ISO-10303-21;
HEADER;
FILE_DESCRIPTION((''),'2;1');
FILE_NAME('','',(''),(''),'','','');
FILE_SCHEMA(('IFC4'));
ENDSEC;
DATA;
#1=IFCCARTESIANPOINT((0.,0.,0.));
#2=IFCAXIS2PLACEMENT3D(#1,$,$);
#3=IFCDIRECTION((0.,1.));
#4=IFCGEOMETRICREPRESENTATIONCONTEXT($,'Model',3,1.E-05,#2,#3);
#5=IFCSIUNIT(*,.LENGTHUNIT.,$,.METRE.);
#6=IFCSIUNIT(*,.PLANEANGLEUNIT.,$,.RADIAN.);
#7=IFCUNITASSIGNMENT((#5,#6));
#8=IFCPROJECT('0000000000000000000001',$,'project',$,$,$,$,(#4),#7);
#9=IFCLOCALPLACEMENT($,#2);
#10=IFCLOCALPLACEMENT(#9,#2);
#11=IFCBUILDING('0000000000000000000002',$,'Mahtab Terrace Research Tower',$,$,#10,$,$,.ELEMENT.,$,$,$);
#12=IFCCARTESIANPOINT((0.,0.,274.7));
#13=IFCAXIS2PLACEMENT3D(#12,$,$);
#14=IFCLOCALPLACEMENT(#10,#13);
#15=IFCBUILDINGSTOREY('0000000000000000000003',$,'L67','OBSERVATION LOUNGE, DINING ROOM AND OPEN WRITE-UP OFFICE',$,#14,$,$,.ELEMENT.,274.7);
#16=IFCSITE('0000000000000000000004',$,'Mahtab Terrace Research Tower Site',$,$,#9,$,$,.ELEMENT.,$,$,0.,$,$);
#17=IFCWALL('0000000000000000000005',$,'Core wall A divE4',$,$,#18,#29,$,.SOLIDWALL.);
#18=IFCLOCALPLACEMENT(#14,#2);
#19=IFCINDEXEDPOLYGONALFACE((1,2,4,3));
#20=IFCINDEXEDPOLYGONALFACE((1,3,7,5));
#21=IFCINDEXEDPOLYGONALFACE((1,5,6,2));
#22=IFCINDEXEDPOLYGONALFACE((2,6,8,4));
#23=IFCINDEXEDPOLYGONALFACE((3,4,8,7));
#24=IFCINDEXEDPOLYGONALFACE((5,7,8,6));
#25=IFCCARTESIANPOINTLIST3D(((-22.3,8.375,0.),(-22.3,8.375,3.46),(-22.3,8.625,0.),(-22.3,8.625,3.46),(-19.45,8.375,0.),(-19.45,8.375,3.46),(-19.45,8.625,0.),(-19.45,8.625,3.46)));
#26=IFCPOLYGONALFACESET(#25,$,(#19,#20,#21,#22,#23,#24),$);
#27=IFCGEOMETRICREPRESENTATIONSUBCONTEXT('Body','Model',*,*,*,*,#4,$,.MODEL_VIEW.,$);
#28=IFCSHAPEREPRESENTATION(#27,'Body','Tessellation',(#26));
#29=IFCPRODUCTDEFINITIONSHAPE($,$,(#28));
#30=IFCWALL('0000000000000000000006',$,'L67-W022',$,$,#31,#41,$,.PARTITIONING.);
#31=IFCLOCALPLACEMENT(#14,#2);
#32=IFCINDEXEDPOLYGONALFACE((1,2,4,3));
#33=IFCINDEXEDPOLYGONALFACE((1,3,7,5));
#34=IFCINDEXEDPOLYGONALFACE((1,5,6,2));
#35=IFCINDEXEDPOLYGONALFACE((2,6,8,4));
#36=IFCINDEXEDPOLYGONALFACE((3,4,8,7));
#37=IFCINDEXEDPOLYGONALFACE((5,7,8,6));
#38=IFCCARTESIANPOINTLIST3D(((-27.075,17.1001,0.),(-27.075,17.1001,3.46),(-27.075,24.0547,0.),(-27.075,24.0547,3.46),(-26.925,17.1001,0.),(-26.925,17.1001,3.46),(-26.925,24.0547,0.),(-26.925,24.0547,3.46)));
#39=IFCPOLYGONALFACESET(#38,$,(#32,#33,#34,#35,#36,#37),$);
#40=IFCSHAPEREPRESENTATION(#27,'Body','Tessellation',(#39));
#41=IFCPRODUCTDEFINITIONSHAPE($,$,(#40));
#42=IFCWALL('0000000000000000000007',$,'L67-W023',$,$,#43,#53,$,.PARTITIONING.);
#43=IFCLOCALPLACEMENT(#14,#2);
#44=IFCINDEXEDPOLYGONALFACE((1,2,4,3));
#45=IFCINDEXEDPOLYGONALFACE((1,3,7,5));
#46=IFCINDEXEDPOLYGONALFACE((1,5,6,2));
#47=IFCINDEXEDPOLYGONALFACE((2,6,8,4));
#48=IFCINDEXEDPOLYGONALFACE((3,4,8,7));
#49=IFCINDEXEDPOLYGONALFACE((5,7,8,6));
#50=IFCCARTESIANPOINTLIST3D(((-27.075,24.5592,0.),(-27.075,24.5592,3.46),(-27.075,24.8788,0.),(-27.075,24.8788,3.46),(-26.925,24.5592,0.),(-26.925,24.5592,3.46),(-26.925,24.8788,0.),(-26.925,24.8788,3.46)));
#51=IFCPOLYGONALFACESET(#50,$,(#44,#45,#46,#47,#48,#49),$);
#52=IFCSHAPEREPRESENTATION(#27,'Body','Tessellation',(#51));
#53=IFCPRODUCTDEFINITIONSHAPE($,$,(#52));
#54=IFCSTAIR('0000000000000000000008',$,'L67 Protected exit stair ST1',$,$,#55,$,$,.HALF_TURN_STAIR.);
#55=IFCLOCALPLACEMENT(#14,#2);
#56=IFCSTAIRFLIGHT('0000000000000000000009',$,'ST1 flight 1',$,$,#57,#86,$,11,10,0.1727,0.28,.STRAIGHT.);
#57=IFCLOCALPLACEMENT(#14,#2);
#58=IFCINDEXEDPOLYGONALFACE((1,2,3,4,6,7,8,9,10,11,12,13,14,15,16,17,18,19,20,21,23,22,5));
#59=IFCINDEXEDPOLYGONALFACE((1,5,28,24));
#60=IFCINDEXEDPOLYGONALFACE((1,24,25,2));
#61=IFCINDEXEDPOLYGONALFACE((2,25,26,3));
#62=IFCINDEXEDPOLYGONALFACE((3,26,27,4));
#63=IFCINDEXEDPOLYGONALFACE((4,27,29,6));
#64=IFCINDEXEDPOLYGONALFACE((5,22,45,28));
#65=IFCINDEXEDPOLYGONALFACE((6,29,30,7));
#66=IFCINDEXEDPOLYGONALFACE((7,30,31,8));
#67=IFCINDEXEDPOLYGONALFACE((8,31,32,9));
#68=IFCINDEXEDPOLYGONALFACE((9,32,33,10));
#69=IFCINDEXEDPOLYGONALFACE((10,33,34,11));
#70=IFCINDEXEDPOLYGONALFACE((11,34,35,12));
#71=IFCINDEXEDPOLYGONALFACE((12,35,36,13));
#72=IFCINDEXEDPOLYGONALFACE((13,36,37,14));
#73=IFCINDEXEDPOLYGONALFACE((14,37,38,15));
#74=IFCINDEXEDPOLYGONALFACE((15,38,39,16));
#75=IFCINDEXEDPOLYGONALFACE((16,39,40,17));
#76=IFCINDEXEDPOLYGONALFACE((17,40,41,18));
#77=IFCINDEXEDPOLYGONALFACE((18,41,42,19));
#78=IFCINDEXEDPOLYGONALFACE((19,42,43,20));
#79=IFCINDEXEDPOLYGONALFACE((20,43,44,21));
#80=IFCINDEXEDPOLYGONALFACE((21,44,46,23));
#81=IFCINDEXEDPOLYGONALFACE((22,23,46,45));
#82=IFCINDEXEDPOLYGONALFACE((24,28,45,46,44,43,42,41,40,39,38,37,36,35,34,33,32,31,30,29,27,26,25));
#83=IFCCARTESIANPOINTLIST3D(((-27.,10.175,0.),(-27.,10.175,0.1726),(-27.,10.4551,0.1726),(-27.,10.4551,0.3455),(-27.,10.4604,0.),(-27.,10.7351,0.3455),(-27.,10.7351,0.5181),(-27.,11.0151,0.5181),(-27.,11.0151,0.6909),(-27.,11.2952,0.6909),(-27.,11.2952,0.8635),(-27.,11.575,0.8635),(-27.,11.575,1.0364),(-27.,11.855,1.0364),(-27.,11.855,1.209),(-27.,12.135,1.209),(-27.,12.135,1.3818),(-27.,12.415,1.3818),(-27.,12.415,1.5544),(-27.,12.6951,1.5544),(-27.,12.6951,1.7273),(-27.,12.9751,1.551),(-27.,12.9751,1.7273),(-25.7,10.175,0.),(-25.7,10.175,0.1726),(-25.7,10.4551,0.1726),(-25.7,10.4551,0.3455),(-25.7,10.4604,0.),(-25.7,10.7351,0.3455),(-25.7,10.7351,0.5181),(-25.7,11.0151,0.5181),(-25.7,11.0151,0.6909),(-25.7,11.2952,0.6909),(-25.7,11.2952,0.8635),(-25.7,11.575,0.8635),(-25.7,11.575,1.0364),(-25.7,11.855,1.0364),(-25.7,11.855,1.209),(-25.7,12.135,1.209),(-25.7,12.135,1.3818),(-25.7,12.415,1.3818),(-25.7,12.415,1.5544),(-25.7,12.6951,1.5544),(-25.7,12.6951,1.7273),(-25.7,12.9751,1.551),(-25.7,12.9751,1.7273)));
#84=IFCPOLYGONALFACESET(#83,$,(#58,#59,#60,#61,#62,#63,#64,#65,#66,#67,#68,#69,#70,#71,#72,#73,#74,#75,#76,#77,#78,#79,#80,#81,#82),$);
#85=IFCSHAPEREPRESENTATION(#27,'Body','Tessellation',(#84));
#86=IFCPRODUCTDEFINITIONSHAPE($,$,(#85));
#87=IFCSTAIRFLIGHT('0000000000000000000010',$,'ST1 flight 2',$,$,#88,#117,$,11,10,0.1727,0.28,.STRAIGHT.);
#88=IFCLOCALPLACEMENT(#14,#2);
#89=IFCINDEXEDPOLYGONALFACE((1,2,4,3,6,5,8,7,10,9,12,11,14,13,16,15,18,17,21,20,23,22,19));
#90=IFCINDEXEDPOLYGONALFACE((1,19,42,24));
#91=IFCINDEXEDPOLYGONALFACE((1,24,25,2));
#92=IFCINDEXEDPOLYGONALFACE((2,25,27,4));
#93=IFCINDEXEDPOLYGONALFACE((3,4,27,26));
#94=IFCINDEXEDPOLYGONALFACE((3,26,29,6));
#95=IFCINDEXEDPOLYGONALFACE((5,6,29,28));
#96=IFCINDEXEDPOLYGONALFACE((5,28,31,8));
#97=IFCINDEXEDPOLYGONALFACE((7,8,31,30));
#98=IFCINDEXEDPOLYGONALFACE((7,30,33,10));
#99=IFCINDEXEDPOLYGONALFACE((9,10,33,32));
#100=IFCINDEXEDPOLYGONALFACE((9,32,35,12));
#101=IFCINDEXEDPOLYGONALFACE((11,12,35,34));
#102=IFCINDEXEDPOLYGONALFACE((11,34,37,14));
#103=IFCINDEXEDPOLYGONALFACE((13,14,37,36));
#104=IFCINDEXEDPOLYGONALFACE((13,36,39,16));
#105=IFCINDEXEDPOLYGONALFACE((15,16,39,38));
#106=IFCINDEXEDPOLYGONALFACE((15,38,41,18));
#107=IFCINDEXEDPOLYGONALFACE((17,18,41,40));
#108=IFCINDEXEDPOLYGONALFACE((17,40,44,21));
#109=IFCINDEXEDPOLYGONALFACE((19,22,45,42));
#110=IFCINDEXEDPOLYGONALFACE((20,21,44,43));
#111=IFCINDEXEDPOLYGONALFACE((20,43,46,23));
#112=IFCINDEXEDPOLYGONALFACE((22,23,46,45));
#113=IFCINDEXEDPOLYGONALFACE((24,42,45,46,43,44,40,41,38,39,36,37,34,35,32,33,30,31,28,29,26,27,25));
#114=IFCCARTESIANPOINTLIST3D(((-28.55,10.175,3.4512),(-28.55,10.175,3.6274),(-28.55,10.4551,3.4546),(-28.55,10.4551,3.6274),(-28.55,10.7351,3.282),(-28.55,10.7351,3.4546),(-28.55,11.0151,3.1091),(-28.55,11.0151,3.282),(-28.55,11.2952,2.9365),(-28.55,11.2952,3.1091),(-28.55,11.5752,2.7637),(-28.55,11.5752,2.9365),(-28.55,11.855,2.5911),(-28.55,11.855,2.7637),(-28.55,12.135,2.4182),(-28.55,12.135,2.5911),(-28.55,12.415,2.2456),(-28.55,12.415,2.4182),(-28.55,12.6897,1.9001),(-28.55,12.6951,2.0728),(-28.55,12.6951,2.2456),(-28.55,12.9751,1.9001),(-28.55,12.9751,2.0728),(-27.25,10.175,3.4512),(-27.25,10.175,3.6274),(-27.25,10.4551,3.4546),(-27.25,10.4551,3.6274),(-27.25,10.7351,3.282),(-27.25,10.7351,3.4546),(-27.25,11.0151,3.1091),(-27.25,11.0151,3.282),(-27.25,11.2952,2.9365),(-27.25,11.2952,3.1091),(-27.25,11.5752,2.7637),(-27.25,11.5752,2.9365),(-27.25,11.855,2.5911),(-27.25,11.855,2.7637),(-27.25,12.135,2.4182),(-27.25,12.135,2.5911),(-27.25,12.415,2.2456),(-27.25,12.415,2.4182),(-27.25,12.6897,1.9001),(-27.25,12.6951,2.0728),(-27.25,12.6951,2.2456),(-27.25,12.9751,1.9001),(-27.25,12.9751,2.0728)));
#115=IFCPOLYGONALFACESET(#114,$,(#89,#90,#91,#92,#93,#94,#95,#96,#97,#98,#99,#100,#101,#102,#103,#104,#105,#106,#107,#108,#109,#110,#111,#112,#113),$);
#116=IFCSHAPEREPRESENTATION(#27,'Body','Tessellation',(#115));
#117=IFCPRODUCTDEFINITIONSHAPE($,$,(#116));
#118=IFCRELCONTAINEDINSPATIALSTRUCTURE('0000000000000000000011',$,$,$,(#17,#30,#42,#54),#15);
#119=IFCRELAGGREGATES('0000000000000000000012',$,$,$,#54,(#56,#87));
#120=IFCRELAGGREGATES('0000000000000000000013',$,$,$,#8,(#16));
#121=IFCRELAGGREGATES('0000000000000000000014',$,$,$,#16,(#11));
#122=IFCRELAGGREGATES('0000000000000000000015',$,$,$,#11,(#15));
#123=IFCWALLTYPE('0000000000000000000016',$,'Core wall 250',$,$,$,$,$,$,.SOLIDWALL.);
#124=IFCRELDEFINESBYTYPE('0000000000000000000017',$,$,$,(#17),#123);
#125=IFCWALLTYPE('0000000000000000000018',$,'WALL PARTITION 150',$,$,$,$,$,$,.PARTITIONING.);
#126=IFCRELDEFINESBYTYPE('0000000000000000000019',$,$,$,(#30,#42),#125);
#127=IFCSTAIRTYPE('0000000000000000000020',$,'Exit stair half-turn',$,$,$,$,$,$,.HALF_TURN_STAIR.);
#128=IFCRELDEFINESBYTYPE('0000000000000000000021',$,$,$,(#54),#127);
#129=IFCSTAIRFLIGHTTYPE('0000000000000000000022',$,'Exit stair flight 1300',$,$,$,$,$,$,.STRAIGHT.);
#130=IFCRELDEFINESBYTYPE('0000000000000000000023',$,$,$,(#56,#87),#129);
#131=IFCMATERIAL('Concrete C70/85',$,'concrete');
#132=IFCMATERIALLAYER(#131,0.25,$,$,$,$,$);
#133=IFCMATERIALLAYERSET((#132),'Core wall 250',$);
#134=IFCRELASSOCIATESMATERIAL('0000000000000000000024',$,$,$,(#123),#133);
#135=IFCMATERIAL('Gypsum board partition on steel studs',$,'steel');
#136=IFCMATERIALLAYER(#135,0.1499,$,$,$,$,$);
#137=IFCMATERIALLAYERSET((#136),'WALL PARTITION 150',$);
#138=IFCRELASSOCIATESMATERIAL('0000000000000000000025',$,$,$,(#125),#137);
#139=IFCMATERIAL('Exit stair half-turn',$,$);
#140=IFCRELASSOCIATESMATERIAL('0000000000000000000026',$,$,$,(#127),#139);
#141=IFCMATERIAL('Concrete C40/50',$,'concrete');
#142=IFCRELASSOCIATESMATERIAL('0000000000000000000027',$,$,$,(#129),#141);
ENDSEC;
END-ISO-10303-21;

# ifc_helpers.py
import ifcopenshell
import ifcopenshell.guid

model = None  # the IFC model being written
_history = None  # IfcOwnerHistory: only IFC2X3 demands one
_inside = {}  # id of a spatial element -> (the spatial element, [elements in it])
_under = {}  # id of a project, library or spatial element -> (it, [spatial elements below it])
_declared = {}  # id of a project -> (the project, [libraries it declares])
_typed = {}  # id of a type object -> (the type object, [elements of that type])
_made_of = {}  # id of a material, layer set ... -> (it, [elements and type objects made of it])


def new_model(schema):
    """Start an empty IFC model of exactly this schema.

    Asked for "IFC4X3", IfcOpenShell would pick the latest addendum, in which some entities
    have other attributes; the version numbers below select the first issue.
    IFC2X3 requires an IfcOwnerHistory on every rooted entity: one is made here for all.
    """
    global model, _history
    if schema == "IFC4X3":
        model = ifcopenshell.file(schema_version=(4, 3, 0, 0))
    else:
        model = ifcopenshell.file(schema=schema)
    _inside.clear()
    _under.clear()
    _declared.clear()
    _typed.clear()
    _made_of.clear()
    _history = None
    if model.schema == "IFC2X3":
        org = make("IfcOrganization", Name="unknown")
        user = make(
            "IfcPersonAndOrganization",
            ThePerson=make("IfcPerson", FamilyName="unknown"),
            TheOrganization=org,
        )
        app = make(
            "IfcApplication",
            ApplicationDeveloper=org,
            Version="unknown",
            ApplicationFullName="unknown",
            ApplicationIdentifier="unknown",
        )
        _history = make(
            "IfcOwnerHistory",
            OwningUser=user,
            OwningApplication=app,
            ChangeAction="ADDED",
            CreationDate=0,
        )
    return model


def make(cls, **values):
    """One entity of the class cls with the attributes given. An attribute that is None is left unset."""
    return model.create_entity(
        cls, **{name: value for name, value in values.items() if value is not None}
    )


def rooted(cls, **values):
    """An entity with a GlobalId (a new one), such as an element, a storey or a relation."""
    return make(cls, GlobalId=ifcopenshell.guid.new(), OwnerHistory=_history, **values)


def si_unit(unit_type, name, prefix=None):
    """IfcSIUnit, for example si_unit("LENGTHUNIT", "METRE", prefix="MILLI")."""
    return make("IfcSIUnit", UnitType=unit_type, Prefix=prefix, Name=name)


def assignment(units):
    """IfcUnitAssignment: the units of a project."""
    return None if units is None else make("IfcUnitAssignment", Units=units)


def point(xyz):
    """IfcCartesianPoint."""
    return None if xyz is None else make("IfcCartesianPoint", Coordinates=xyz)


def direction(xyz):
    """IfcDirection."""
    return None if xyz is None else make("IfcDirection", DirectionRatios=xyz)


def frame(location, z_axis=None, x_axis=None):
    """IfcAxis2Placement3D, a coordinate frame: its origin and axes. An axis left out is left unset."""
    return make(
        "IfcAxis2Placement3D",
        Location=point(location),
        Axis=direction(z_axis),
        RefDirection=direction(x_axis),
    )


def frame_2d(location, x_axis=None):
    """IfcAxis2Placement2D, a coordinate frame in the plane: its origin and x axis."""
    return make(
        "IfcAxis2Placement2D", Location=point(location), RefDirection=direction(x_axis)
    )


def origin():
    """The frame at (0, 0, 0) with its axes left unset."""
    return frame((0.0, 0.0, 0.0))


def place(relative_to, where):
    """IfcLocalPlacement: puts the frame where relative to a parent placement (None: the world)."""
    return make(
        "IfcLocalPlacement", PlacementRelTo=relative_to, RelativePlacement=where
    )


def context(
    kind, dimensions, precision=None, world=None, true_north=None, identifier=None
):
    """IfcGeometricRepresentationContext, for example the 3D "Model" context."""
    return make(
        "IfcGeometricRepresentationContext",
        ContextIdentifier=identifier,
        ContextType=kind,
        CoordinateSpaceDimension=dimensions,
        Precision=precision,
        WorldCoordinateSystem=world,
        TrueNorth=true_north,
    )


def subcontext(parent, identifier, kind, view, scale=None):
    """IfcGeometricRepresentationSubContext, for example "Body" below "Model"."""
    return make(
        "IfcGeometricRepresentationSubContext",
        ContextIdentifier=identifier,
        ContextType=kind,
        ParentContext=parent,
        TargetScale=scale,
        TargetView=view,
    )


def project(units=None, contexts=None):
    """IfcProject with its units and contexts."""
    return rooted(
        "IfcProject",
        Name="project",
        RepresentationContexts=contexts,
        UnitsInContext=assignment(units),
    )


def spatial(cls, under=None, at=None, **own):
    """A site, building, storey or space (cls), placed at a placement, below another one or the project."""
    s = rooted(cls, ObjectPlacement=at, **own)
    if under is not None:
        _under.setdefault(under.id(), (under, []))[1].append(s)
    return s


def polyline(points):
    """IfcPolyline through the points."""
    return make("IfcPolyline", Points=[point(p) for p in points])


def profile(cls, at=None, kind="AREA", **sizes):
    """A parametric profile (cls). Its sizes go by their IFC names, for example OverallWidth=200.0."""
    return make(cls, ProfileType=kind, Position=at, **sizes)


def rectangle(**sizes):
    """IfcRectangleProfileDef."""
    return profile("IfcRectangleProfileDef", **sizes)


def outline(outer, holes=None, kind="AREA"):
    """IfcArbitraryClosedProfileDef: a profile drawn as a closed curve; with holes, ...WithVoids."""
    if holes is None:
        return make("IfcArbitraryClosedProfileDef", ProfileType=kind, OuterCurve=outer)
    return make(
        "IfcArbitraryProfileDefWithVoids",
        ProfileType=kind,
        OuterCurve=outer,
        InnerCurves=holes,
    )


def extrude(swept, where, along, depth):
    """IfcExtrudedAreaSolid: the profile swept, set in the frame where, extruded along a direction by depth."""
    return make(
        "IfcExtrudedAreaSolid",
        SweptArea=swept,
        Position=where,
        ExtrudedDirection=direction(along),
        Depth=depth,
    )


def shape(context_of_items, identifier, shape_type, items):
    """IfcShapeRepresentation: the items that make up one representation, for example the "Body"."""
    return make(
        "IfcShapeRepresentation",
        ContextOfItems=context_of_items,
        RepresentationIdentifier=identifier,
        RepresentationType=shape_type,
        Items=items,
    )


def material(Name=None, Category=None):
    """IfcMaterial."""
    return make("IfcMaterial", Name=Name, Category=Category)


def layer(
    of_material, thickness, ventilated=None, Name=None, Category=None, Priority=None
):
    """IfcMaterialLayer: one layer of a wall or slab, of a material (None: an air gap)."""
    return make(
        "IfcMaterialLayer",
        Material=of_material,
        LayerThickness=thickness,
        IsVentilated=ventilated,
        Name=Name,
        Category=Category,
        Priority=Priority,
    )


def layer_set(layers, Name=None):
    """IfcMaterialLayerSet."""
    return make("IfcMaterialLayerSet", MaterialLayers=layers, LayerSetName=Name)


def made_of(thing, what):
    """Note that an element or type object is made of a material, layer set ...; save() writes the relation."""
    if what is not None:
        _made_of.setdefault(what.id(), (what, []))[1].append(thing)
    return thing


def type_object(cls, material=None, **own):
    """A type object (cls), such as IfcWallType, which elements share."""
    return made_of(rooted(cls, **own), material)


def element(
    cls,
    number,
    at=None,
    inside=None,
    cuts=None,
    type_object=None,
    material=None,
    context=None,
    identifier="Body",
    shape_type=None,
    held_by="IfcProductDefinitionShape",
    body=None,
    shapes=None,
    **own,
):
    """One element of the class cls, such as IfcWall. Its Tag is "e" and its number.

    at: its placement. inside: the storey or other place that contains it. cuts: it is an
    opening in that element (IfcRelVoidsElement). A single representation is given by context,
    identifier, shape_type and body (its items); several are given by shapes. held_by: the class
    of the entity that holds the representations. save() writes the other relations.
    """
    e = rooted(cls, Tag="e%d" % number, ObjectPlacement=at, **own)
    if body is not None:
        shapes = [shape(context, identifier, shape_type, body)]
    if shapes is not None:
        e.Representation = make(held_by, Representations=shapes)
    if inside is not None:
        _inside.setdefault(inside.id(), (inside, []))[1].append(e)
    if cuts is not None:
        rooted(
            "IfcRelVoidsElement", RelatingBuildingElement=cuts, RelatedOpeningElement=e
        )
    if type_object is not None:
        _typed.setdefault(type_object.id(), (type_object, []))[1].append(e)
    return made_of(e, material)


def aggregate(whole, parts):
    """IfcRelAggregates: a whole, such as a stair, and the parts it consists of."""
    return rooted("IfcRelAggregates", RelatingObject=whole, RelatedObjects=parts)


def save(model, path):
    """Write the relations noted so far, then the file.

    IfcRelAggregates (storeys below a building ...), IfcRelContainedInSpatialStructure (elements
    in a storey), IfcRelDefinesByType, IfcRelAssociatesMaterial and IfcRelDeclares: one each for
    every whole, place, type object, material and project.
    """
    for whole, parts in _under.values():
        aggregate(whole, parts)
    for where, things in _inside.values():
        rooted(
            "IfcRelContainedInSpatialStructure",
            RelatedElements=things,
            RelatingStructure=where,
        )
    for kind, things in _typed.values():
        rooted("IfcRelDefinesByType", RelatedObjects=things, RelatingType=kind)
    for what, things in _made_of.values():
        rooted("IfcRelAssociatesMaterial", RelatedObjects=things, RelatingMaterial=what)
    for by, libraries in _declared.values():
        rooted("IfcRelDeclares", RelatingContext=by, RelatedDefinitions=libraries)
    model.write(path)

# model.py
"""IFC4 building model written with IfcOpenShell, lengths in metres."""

from ifc_helpers import new_model, si_unit, direction, frame, frame_2d, origin, place, context, subcontext, project, spatial, polyline, rectangle, outline, extrude, material, layer, layer_set, type_object, element, aggregate, save


model = new_model("IFC4")

# Units and contexts
model_context = context("Model", 3, precision=1e-05, world=origin(), true_north=direction((0.0, 1.0)))
body_context = subcontext(model_context, "Body", "Model", "MODEL_VIEW")
ifc_project = project(units=[si_unit("LENGTHUNIT", "METRE"), si_unit("PLANEANGLEUNIT", "RADIAN")], contexts=[model_context])

# Site, building, storey
site_placement = place(None, origin())
site = spatial("IfcSite", under=ifc_project, at=site_placement, Name="Mahtab Terrace Research Tower Site", CompositionType="ELEMENT", RefElevation=0.0)
building_placement = place(site_placement, origin())
building = spatial("IfcBuilding", under=site, at=building_placement, Name="Mahtab Terrace Research Tower", CompositionType="ELEMENT")
storey_placement = place(building_placement, frame((0.0, 0.0, 274.7)))
storey = spatial("IfcBuildingStorey", under=building, at=storey_placement, Name="L67", Description="OBSERVATION LOUNGE, DINING ROOM AND OPEN WRITE-UP OFFICE", CompositionType="ELEMENT", Elevation=274.7)

# Shared definitions
ifc_material_1 = material(Name="Concrete C70/85", Category="concrete")
ifc_layer_1 = layer(ifc_material_1, 0.25)
ifc_layer_set_1 = layer_set([ifc_layer_1], Name="Core wall 250")
wall_type_1 = type_object("IfcWallType", Name="Core wall 250", PredefinedType="SOLIDWALL", material=ifc_layer_set_1)

# Walls
wall_1_placement = place(storey_placement, frame((-22.3, 8.5, 0.0), z_axis=(0.0, 0.0, 1.0), x_axis=(1.0, 0.0, 0.0)))
element("IfcWall", 1, at=wall_1_placement, inside=storey, type_object=wall_type_1, Name="Core wall A divE4", PredefinedType="SOLIDWALL", context=body_context, shape_type="SweptSolid", body=[
    extrude(rectangle(XDim=2.8501, YDim=0.25, at=frame_2d((1.425, 0.0))), origin(), (0.0, 0.0, 1.0), 3.46),
])
ifc_material_2 = material(Name="Gypsum board partition on steel studs", Category="steel")
ifc_layer_2 = layer(ifc_material_2, 0.1499)
ifc_layer_set_2 = layer_set([ifc_layer_2], Name="WALL PARTITION 150")
wall_type_2 = type_object("IfcWallType", Name="WALL PARTITION 150", PredefinedType="PARTITIONING", material=ifc_layer_set_2)
wall_2_placement = place(storey_placement, frame((-27.0, 17.1001, 0.0), z_axis=(0.0, 0.0, 1.0), x_axis=(0.0, 1.0, 0.0)))
element("IfcWall", 2, at=wall_2_placement, inside=storey, type_object=wall_type_2, Name="L67-W022", PredefinedType="PARTITIONING", context=body_context, shape_type="SweptSolid", body=[
    extrude(rectangle(XDim=6.9546, YDim=0.1499, at=frame_2d((3.4773, 0.0))), origin(), (0.0, 0.0, 1.0), 3.46),
])
wall_3_placement = place(storey_placement, frame((-27.0, 24.5593, 0.0), z_axis=(0.0, 0.0, 1.0), x_axis=(0.0, 1.0, 0.0)))
element("IfcWall", 3, at=wall_3_placement, inside=storey, type_object=wall_type_2, Name="L67-W023", PredefinedType="PARTITIONING", context=body_context, shape_type="SweptSolid", body=[
    extrude(rectangle(XDim=0.3196, YDim=0.1499, at=frame_2d((0.1597, 0.0))), origin(), (0.0, 0.0, 1.0), 3.46),
])

# Stair, stair flights
ifc_material_3 = material(Name="Exit stair half-turn")
stair_type = type_object("IfcStairType", Name="Exit stair half-turn", PredefinedType="HALF_TURN_STAIR", material=ifc_material_3)
stair_placement = place(storey_placement, origin())
stair = element("IfcStair", 4, at=stair_placement, inside=storey, type_object=stair_type, Name="L67 Protected exit stair ST1", PredefinedType="HALF_TURN_STAIR")
ifc_material_4 = material(Name="Concrete C40/50", Category="concrete")
stair_flight_type = type_object("IfcStairFlightType", Name="Exit stair flight 1300", PredefinedType="STRAIGHT", material=ifc_material_4)
stair_flight_1_placement = place(storey_placement, frame((-26.3501, 10.175, 0.0), z_axis=(0.0, 0.0, 1.0), x_axis=(0.0, 1.0, 0.0)))
stair_flight_1 = element("IfcStairFlight", 5, at=stair_flight_1_placement, type_object=stair_flight_type, Name="ST1 flight 1", NumberOfRisers=11, NumberOfTreads=10, PredefinedType="STRAIGHT", RiserHeight=0.1727, TreadLength=0.28, context=body_context, shape_type="SweptSolid", body=[
    extrude(outline(polyline([(0.0, 0.0), (0.0, 0.1726), (0.28, 0.1726), (0.28, 0.3455), (0.5601, 0.3455), (0.5601, 0.5181), (0.8401, 0.5181), (0.8401, 0.6909), (1.1201, 0.6909), (1.1201, 0.8635), (1.3999, 0.8635), (1.3999, 1.0364), (1.6799, 1.0364), (1.6799, 1.209), (1.96, 1.209), (1.96, 1.3818), (2.24, 1.3818), (2.24, 1.5544), (2.52, 1.5544), (2.52, 1.7273), (2.8, 1.7273), (2.8, 1.8999), (2.8, 1.551), (0.2854, 0.0), (0.0, 0.0)])), frame((0.0, 0.6499, 0.0), z_axis=(0.0, -1.0, 0.0), x_axis=(1.0, 0.0, 0.0)), (0.0, 0.0, 1.0), 1.3),
])
stair_flight_2_placement = place(storey_placement, frame((-27.8999, 12.9751, 1.9001), z_axis=(0.0, 0.0, 1.0), x_axis=(0.0, -1.0, 0.0)))
stair_flight_2 = element("IfcStairFlight", 6, at=stair_flight_2_placement, type_object=stair_flight_type, Name="ST1 flight 2", NumberOfRisers=11, NumberOfTreads=10, PredefinedType="STRAIGHT", RiserHeight=0.1727, TreadLength=0.28, context=body_context, shape_type="SweptSolid", body=[
    extrude(outline(polyline([(0.0, 0.0), (0.0, 0.1726), (0.28, 0.1726), (0.28, 0.3455), (0.5601, 0.3455), (0.5601, 0.5181), (0.8401, 0.5181), (0.8401, 0.6909), (1.1201, 0.6909), (1.1201, 0.8635), (1.3999, 0.8635), (1.3999, 1.0364), (1.6799, 1.0364), (1.6799, 1.209), (1.96, 1.209), (1.96, 1.3818), (2.24, 1.3818), (2.24, 1.5544), (2.52, 1.5544), (2.52, 1.7273), (2.8, 1.7273), (2.8, 1.8999), (2.8, 1.551), (0.2854, 0.0), (0.0, 0.0)])), frame((0.0, 0.6499, 0.0), z_axis=(0.0, -1.0, 0.0), x_axis=(1.0, 0.0, 0.0)), (0.0, 0.0, 1.0), 1.3),
])
aggregate(stair, [stair_flight_1, stair_flight_2])

save(model, "model.ifc")
